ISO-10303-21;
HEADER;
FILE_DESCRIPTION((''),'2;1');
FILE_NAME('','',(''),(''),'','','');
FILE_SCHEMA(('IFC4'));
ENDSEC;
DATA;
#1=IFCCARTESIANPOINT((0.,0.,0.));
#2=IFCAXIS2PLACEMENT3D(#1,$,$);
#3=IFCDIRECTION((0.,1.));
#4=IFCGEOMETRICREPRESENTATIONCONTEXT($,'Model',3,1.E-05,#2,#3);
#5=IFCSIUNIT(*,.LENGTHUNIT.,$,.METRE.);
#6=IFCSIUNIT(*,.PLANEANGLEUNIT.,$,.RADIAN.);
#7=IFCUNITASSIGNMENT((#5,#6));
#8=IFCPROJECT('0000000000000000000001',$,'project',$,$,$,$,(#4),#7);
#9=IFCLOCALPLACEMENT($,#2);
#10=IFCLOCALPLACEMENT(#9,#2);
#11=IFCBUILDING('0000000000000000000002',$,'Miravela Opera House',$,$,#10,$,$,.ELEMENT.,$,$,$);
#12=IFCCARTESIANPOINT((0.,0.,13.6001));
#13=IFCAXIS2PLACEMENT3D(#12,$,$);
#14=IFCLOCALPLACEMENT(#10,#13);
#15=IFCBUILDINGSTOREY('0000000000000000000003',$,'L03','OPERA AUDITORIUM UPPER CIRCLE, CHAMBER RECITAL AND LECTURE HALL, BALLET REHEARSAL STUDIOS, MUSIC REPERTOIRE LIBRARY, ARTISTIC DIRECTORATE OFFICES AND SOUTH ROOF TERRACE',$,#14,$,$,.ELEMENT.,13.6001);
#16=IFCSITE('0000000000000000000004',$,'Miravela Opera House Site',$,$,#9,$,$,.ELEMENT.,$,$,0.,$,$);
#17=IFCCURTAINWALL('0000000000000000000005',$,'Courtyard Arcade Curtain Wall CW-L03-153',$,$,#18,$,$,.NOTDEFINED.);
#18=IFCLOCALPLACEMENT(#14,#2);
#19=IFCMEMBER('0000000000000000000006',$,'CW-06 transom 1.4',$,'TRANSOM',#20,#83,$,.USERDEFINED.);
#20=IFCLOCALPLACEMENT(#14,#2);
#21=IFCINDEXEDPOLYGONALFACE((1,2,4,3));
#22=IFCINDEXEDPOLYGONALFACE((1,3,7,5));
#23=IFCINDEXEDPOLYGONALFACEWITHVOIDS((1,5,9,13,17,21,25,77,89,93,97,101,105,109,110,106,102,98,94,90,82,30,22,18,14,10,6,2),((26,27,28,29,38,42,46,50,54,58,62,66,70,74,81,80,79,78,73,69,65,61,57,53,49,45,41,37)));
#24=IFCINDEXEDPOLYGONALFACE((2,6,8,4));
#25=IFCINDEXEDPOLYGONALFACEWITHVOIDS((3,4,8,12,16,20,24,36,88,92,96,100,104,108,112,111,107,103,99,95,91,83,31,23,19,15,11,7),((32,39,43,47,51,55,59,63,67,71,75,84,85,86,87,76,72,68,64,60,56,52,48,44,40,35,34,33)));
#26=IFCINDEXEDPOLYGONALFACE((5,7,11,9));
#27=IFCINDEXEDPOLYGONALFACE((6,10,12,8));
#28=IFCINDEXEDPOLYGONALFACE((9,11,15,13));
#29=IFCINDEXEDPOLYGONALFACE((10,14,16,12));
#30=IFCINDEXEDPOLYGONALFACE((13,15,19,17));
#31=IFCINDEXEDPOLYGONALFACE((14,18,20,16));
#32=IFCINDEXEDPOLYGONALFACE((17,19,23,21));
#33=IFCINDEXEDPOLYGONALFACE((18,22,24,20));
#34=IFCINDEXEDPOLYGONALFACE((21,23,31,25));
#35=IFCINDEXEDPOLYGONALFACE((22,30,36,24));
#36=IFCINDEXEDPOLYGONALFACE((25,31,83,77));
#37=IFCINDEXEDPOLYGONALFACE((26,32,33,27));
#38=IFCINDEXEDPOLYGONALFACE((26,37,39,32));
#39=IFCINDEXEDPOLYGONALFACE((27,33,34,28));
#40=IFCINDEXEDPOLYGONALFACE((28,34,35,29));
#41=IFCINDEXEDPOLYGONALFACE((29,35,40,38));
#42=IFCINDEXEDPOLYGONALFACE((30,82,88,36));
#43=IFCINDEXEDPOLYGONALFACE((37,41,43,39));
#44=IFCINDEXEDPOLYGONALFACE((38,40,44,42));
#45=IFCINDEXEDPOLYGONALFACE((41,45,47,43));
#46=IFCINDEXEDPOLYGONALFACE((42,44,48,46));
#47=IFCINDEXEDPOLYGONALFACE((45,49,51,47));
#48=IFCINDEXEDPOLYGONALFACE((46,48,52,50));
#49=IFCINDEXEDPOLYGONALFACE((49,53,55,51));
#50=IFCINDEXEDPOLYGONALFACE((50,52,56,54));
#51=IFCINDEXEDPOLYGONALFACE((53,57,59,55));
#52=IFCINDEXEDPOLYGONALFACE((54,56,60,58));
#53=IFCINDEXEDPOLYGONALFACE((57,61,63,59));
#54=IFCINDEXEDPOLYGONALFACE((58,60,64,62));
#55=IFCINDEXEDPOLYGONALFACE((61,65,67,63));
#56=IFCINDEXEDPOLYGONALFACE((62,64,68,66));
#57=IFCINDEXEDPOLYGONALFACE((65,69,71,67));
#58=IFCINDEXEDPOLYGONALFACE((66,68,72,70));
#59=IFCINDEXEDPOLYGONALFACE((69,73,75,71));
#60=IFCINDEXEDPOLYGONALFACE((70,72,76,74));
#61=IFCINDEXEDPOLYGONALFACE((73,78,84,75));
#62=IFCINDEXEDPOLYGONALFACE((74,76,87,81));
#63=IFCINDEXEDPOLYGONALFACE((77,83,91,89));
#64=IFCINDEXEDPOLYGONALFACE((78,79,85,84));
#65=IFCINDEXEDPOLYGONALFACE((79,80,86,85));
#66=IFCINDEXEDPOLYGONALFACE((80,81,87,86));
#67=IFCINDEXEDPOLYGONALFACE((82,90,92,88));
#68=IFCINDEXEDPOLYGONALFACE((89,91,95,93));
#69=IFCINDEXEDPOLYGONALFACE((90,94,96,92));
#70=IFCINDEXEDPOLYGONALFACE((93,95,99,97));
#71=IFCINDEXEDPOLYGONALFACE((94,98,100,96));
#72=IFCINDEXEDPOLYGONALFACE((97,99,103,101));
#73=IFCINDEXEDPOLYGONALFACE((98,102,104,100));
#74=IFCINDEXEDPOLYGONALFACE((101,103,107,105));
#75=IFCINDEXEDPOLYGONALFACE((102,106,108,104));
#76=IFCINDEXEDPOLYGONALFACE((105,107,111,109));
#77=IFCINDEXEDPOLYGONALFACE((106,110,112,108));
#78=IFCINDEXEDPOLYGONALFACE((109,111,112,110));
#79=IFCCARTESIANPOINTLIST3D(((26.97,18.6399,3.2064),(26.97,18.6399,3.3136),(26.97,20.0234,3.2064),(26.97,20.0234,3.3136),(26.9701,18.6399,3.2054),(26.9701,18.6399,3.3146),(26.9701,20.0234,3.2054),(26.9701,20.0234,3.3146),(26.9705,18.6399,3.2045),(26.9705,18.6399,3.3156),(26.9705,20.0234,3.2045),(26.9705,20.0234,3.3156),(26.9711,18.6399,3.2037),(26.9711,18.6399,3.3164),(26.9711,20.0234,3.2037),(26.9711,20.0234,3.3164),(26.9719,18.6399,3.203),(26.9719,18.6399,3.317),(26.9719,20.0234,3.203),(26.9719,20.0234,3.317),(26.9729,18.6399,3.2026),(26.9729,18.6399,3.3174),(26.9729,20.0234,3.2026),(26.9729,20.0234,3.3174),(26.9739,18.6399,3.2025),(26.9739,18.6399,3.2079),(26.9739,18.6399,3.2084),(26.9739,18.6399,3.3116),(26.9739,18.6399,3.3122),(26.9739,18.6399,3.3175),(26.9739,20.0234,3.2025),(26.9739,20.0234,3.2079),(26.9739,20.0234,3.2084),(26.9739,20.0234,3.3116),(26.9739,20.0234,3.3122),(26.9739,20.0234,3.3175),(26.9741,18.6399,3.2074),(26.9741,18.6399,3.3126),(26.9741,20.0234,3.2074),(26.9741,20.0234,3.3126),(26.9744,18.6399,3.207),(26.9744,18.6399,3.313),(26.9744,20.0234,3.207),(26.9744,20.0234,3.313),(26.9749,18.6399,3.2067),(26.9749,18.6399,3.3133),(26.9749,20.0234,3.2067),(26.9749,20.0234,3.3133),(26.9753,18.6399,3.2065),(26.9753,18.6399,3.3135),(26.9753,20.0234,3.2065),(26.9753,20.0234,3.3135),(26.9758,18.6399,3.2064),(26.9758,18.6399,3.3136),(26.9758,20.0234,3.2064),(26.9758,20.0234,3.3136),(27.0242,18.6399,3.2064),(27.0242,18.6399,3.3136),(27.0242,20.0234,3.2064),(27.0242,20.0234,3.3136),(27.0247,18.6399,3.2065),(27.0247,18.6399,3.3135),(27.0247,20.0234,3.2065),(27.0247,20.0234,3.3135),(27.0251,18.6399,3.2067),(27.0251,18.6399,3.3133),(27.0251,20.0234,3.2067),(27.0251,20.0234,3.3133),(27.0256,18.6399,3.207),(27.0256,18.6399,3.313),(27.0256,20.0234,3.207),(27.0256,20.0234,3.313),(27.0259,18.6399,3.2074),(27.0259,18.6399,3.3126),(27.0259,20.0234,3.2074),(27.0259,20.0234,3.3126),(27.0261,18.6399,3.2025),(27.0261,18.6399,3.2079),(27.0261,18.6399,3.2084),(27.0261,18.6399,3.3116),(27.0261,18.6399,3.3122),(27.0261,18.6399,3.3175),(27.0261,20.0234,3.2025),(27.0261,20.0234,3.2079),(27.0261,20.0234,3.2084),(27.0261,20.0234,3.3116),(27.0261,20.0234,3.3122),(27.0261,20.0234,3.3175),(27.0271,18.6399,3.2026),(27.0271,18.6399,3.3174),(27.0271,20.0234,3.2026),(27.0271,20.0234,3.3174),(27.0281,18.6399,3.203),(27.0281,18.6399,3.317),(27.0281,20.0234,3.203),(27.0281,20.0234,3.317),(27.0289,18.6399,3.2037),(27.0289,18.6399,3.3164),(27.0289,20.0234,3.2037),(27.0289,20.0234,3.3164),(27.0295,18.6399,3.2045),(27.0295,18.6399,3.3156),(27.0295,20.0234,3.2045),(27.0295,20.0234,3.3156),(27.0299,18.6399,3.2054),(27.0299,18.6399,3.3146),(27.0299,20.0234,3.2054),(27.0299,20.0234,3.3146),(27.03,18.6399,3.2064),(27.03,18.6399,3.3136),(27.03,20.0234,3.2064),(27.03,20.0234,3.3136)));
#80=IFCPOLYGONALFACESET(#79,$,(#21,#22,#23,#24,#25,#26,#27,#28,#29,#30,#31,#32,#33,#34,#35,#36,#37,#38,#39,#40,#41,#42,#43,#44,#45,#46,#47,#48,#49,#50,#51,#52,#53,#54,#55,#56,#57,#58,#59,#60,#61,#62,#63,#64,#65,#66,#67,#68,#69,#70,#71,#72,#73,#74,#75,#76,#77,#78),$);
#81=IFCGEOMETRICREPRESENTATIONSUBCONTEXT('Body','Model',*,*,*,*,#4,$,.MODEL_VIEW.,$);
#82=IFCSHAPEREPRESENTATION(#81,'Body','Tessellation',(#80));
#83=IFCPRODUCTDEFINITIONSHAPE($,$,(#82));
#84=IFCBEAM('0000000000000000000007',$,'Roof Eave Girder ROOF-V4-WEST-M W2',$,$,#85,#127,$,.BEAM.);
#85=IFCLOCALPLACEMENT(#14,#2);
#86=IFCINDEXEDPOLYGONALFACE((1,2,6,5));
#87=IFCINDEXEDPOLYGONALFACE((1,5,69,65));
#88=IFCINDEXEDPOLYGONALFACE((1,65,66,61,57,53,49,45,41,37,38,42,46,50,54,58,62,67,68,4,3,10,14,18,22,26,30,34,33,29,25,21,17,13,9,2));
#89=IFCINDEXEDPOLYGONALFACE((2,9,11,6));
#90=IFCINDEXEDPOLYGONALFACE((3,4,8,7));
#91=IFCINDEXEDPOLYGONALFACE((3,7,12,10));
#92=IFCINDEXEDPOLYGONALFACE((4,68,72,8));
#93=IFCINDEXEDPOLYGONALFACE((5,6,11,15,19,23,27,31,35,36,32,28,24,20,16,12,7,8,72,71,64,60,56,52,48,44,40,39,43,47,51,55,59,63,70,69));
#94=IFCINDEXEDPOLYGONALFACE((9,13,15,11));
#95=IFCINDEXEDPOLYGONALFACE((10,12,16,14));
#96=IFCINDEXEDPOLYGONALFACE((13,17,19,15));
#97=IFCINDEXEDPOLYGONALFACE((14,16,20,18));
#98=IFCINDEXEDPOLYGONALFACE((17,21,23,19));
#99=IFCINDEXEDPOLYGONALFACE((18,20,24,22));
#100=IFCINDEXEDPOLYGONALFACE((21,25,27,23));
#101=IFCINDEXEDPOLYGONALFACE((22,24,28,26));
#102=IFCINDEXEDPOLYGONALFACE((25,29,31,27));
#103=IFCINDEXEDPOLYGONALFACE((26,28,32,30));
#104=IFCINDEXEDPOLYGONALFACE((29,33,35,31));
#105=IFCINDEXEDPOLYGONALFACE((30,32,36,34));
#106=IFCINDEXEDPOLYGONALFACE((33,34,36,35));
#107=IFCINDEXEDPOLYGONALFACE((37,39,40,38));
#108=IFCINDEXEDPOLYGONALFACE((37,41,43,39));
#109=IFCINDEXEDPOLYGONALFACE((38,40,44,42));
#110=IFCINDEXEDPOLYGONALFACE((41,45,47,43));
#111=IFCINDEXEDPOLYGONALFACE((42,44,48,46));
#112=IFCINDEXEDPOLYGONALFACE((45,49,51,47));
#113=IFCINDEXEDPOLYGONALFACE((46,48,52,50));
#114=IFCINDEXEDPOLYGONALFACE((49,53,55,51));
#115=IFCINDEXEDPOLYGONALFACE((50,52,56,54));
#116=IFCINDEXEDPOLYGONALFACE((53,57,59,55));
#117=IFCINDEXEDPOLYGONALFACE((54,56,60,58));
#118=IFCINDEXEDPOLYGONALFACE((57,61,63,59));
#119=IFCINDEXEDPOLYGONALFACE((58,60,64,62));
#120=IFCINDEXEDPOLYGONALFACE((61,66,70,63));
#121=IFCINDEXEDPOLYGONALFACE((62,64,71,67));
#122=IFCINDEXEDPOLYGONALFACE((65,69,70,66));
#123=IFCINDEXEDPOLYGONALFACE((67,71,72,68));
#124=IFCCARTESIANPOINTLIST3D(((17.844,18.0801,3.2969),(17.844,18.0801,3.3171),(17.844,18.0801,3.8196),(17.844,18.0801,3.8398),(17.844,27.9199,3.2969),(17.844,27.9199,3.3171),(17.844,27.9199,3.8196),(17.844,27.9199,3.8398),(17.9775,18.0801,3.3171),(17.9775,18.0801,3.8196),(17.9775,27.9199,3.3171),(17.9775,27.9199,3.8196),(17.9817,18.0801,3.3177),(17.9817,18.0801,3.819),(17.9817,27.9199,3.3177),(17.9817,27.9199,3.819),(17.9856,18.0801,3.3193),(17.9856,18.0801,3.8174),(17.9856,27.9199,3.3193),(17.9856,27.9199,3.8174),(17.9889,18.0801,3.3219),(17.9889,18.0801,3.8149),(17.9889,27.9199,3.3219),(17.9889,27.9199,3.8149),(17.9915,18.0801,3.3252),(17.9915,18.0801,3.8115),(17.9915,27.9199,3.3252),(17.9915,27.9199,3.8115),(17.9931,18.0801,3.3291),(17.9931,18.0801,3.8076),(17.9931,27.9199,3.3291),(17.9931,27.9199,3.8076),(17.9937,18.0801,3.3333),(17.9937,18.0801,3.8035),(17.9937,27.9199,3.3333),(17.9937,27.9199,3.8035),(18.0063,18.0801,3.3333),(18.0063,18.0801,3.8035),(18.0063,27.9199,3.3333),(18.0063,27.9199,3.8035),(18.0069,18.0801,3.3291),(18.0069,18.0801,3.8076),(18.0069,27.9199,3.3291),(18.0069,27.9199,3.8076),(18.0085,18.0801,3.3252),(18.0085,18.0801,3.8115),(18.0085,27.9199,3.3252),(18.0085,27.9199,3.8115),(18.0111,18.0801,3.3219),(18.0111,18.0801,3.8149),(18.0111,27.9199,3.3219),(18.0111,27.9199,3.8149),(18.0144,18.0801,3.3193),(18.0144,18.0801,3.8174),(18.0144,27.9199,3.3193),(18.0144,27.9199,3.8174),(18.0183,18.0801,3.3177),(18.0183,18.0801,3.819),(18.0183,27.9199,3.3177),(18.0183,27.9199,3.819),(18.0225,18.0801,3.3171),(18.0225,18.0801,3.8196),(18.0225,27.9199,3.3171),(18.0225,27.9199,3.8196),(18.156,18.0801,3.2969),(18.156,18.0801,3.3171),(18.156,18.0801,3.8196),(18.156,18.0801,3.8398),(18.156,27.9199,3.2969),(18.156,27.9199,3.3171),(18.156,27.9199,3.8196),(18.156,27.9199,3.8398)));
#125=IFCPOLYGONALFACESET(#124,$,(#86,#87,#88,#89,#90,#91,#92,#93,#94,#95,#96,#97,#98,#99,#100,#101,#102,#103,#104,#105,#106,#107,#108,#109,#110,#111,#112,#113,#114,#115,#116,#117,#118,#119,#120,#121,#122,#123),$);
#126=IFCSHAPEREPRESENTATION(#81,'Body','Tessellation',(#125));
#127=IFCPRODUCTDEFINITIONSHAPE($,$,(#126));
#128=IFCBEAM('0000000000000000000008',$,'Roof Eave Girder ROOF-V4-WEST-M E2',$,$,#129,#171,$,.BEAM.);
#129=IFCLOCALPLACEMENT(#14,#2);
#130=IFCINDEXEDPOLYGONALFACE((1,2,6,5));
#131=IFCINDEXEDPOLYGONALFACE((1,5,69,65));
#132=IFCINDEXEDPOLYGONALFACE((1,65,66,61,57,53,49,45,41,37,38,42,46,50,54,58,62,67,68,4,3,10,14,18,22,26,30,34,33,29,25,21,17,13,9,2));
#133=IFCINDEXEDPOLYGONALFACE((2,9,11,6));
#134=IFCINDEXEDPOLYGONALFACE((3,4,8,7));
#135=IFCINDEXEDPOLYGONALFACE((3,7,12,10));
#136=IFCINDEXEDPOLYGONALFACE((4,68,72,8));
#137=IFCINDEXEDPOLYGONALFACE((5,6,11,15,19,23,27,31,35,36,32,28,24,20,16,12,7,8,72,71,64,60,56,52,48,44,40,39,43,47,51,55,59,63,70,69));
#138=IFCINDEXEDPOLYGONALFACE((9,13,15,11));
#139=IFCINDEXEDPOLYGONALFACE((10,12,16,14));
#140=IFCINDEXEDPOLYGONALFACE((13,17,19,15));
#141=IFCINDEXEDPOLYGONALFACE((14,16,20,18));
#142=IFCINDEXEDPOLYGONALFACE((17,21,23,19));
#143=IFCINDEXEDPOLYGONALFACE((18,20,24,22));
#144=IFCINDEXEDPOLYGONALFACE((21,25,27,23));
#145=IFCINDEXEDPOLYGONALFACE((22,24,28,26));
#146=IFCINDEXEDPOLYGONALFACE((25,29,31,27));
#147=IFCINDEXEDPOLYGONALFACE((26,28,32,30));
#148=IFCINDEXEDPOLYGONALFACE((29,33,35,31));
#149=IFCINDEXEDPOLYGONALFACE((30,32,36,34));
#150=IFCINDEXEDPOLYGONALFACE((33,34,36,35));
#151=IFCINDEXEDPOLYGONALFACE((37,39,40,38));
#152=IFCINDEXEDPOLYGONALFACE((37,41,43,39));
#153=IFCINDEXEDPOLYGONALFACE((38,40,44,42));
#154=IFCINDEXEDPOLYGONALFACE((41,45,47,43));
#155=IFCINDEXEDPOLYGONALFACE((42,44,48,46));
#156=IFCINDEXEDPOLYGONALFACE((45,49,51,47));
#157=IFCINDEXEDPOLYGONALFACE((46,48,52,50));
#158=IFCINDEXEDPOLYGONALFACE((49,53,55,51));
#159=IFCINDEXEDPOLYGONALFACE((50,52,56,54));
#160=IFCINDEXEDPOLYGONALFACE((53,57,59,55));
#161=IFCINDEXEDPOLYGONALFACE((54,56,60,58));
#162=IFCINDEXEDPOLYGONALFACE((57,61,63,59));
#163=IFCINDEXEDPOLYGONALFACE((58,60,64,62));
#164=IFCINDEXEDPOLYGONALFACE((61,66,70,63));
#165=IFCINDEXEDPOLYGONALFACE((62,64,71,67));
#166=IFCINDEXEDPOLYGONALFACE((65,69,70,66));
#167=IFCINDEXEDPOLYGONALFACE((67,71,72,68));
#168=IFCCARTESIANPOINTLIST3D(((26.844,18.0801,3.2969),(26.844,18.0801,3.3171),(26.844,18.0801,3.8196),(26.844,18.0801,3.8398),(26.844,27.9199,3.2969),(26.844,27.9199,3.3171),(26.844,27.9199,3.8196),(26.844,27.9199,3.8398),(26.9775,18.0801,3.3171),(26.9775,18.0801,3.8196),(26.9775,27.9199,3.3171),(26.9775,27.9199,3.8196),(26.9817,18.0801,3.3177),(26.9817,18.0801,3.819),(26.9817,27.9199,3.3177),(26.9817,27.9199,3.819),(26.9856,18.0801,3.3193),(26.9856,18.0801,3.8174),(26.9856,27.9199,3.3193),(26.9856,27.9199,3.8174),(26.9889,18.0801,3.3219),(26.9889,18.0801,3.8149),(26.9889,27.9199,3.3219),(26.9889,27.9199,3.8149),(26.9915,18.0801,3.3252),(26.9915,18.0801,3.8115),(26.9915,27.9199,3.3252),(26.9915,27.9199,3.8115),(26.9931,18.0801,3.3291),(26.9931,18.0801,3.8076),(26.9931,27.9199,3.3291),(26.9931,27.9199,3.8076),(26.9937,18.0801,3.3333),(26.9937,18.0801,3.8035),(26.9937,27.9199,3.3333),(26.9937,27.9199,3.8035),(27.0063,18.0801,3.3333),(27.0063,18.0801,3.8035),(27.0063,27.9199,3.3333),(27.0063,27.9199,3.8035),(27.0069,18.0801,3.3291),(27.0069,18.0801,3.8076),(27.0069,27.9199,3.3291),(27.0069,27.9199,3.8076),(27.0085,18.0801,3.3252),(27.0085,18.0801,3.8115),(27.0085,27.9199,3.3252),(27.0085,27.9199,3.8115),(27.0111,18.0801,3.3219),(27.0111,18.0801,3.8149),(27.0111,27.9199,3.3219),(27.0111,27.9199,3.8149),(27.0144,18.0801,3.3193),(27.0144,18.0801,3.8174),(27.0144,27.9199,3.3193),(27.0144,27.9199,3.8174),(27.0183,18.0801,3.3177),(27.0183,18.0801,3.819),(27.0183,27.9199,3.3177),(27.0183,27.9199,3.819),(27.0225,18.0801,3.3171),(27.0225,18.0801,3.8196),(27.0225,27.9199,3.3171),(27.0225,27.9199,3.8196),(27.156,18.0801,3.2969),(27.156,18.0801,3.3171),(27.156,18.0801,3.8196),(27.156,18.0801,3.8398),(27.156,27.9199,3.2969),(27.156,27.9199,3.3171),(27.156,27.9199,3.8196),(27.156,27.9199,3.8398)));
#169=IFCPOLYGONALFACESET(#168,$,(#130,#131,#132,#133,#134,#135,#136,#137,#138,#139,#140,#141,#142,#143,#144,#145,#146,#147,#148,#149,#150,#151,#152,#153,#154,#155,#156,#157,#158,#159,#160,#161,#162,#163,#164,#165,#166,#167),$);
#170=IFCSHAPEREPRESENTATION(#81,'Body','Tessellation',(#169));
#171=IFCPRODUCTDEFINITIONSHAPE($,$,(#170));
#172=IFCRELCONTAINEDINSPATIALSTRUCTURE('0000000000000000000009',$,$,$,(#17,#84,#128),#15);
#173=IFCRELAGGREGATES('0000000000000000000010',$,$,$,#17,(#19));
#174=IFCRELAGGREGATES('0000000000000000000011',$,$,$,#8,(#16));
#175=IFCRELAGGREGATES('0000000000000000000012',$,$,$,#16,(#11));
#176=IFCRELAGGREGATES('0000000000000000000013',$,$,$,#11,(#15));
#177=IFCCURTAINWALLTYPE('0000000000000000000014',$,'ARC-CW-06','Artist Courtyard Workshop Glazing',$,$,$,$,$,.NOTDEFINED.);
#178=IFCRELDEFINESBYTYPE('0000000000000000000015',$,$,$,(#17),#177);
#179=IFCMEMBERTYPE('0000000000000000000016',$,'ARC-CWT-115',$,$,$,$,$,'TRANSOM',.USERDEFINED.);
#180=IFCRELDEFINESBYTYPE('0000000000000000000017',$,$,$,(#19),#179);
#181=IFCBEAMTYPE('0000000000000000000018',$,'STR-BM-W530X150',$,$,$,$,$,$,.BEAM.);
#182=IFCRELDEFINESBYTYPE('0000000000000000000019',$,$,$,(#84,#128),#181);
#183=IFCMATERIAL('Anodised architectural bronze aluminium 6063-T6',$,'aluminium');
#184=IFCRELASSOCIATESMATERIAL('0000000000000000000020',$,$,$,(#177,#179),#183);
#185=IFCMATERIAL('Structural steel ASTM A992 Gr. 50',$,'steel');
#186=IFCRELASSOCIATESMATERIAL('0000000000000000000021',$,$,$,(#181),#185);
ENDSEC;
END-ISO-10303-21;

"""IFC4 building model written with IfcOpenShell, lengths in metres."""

from ifc_helpers import new_model, si_unit, direction, frame, origin, origin_2d, place, context, subcontext, project, spatial, hollow_rectangle, i_section, extrude, material, material_profile, profile_set, type_object, element, aggregate, save


model = new_model("IFC4")

# Units and contexts
model_context = context("Model", 3, precision=1e-05, world=origin(), true_north=direction((0.0, 1.0)))
body_context = subcontext(model_context, "Body", "Model", "MODEL_VIEW")
ifc_project = project(units=[si_unit("LENGTHUNIT", "METRE"), si_unit("PLANEANGLEUNIT", "RADIAN")], contexts=[model_context])

# Site, building, storey
site_placement = place(None, origin())
site = spatial("IfcSite", under=ifc_project, at=site_placement, Name="Miravela Opera House Site", CompositionType="ELEMENT", RefElevation=0.0)
building_placement = place(site_placement, origin())
building = spatial("IfcBuilding", under=site, at=building_placement, Name="Miravela Opera House", CompositionType="ELEMENT")
storey_placement = place(building_placement, frame((0.0, 0.0, 13.6001)))
storey = spatial("IfcBuildingStorey", under=building, at=storey_placement, Name="L03", Description="OPERA AUDITORIUM UPPER CIRCLE, CHAMBER RECITAL AND LECTURE HALL, BALLET REHEARSAL STUDIOS, MUSIC REPERTOIRE LIBRARY, ARTISTIC DIRECTORATE OFFICES AND SOUTH ROOF TERRACE", CompositionType="ELEMENT", Elevation=13.6001)

# Curtain wall
ifc_material_1 = material(Name="Anodised architectural bronze aluminium 6063-T6", Category="aluminium")
curtain_wall_type = type_object("IfcCurtainWallType", Name="ARC-CW-06", Description="Artist Courtyard Workshop Glazing", PredefinedType="NOTDEFINED", material=ifc_material_1)
curtain_wall_1_placement = place(storey_placement, origin())
curtain_wall_1 = element("IfcCurtainWall", 1, at=curtain_wall_1_placement, inside=storey, type_object=curtain_wall_type, Name="Courtyard Arcade Curtain Wall CW-L03-153", PredefinedType="NOTDEFINED")

# Member
ifc_material_profile_1 = material_profile(ifc_material_1, hollow_rectangle(XDim=0.0601, YDim=0.115, WallThickness=0.0039, InnerFilletRadius=0.002, OuterFilletRadius=0.0039, at=origin_2d()), Name="CWT-60X115")
ifc_profile_set_1 = profile_set([ifc_material_profile_1])
member_type_1 = type_object("IfcMemberType", Name="ARC-CWT-115", ElementType="TRANSOM", PredefinedType="USERDEFINED", material=ifc_profile_set_1)
member_1_placement = place(storey_placement, frame((27.0, 18.6399, 3.26), z_axis=(0.0, 1.0, 0.0), x_axis=(-1.0, 0.0, 0.0)))
member_1 = element("IfcMember", 2, at=member_1_placement, type_object=member_type_1, Name="CW-06 transom 1.4", ObjectType="TRANSOM", PredefinedType="USERDEFINED", context=body_context, shape_type="SweptSolid", body=[
    extrude(hollow_rectangle(XDim=0.0601, YDim=0.115, WallThickness=0.0039, InnerFilletRadius=0.002, OuterFilletRadius=0.0039, at=origin_2d()), origin(), (0.0, 0.0, 1.0), 1.3835),
])
aggregate(curtain_wall_1, [member_1])

# Beams
ifc_material_2 = material(Name="Structural steel ASTM A992 Gr. 50", Category="steel")
ifc_material_profile_2 = material_profile(ifc_material_2, i_section(OverallWidth=0.312, OverallDepth=0.543, WebThickness=0.0127, FlangeThickness=0.0203, FilletRadius=0.0161, at=origin_2d()), Name="W530X150")
ifc_profile_set_2 = profile_set([ifc_material_profile_2])
beam_type = type_object("IfcBeamType", Name="STR-BM-W530X150", PredefinedType="BEAM", material=ifc_profile_set_2)
for number, where, z_axis, x_axis, name in (
    (3, (18.0, 18.0801, 3.5684), (0.0, 1.0, 0.0), (-1.0, 0.0, 0.0), "Roof Eave Girder ROOF-V4-WEST-M W2"),
    (4, (27.0, 18.0801, 3.5684), (0.0, 1.0, 0.0), (-1.0, 0.0, 0.0), "Roof Eave Girder ROOF-V4-WEST-M E2"),
):
    element("IfcBeam", number, at=place(storey_placement, frame(where, z_axis=z_axis, x_axis=x_axis)), inside=storey, type_object=beam_type, Name=name, PredefinedType="BEAM", context=body_context, shape_type="SweptSolid", body=[
        extrude(i_section(OverallWidth=0.312, OverallDepth=0.543, WebThickness=0.0127, FlangeThickness=0.0203, FilletRadius=0.0161, at=origin_2d()), origin(), (0.0, 0.0, 1.0), 9.8398),
    ])

save(model, "model.ifc")
